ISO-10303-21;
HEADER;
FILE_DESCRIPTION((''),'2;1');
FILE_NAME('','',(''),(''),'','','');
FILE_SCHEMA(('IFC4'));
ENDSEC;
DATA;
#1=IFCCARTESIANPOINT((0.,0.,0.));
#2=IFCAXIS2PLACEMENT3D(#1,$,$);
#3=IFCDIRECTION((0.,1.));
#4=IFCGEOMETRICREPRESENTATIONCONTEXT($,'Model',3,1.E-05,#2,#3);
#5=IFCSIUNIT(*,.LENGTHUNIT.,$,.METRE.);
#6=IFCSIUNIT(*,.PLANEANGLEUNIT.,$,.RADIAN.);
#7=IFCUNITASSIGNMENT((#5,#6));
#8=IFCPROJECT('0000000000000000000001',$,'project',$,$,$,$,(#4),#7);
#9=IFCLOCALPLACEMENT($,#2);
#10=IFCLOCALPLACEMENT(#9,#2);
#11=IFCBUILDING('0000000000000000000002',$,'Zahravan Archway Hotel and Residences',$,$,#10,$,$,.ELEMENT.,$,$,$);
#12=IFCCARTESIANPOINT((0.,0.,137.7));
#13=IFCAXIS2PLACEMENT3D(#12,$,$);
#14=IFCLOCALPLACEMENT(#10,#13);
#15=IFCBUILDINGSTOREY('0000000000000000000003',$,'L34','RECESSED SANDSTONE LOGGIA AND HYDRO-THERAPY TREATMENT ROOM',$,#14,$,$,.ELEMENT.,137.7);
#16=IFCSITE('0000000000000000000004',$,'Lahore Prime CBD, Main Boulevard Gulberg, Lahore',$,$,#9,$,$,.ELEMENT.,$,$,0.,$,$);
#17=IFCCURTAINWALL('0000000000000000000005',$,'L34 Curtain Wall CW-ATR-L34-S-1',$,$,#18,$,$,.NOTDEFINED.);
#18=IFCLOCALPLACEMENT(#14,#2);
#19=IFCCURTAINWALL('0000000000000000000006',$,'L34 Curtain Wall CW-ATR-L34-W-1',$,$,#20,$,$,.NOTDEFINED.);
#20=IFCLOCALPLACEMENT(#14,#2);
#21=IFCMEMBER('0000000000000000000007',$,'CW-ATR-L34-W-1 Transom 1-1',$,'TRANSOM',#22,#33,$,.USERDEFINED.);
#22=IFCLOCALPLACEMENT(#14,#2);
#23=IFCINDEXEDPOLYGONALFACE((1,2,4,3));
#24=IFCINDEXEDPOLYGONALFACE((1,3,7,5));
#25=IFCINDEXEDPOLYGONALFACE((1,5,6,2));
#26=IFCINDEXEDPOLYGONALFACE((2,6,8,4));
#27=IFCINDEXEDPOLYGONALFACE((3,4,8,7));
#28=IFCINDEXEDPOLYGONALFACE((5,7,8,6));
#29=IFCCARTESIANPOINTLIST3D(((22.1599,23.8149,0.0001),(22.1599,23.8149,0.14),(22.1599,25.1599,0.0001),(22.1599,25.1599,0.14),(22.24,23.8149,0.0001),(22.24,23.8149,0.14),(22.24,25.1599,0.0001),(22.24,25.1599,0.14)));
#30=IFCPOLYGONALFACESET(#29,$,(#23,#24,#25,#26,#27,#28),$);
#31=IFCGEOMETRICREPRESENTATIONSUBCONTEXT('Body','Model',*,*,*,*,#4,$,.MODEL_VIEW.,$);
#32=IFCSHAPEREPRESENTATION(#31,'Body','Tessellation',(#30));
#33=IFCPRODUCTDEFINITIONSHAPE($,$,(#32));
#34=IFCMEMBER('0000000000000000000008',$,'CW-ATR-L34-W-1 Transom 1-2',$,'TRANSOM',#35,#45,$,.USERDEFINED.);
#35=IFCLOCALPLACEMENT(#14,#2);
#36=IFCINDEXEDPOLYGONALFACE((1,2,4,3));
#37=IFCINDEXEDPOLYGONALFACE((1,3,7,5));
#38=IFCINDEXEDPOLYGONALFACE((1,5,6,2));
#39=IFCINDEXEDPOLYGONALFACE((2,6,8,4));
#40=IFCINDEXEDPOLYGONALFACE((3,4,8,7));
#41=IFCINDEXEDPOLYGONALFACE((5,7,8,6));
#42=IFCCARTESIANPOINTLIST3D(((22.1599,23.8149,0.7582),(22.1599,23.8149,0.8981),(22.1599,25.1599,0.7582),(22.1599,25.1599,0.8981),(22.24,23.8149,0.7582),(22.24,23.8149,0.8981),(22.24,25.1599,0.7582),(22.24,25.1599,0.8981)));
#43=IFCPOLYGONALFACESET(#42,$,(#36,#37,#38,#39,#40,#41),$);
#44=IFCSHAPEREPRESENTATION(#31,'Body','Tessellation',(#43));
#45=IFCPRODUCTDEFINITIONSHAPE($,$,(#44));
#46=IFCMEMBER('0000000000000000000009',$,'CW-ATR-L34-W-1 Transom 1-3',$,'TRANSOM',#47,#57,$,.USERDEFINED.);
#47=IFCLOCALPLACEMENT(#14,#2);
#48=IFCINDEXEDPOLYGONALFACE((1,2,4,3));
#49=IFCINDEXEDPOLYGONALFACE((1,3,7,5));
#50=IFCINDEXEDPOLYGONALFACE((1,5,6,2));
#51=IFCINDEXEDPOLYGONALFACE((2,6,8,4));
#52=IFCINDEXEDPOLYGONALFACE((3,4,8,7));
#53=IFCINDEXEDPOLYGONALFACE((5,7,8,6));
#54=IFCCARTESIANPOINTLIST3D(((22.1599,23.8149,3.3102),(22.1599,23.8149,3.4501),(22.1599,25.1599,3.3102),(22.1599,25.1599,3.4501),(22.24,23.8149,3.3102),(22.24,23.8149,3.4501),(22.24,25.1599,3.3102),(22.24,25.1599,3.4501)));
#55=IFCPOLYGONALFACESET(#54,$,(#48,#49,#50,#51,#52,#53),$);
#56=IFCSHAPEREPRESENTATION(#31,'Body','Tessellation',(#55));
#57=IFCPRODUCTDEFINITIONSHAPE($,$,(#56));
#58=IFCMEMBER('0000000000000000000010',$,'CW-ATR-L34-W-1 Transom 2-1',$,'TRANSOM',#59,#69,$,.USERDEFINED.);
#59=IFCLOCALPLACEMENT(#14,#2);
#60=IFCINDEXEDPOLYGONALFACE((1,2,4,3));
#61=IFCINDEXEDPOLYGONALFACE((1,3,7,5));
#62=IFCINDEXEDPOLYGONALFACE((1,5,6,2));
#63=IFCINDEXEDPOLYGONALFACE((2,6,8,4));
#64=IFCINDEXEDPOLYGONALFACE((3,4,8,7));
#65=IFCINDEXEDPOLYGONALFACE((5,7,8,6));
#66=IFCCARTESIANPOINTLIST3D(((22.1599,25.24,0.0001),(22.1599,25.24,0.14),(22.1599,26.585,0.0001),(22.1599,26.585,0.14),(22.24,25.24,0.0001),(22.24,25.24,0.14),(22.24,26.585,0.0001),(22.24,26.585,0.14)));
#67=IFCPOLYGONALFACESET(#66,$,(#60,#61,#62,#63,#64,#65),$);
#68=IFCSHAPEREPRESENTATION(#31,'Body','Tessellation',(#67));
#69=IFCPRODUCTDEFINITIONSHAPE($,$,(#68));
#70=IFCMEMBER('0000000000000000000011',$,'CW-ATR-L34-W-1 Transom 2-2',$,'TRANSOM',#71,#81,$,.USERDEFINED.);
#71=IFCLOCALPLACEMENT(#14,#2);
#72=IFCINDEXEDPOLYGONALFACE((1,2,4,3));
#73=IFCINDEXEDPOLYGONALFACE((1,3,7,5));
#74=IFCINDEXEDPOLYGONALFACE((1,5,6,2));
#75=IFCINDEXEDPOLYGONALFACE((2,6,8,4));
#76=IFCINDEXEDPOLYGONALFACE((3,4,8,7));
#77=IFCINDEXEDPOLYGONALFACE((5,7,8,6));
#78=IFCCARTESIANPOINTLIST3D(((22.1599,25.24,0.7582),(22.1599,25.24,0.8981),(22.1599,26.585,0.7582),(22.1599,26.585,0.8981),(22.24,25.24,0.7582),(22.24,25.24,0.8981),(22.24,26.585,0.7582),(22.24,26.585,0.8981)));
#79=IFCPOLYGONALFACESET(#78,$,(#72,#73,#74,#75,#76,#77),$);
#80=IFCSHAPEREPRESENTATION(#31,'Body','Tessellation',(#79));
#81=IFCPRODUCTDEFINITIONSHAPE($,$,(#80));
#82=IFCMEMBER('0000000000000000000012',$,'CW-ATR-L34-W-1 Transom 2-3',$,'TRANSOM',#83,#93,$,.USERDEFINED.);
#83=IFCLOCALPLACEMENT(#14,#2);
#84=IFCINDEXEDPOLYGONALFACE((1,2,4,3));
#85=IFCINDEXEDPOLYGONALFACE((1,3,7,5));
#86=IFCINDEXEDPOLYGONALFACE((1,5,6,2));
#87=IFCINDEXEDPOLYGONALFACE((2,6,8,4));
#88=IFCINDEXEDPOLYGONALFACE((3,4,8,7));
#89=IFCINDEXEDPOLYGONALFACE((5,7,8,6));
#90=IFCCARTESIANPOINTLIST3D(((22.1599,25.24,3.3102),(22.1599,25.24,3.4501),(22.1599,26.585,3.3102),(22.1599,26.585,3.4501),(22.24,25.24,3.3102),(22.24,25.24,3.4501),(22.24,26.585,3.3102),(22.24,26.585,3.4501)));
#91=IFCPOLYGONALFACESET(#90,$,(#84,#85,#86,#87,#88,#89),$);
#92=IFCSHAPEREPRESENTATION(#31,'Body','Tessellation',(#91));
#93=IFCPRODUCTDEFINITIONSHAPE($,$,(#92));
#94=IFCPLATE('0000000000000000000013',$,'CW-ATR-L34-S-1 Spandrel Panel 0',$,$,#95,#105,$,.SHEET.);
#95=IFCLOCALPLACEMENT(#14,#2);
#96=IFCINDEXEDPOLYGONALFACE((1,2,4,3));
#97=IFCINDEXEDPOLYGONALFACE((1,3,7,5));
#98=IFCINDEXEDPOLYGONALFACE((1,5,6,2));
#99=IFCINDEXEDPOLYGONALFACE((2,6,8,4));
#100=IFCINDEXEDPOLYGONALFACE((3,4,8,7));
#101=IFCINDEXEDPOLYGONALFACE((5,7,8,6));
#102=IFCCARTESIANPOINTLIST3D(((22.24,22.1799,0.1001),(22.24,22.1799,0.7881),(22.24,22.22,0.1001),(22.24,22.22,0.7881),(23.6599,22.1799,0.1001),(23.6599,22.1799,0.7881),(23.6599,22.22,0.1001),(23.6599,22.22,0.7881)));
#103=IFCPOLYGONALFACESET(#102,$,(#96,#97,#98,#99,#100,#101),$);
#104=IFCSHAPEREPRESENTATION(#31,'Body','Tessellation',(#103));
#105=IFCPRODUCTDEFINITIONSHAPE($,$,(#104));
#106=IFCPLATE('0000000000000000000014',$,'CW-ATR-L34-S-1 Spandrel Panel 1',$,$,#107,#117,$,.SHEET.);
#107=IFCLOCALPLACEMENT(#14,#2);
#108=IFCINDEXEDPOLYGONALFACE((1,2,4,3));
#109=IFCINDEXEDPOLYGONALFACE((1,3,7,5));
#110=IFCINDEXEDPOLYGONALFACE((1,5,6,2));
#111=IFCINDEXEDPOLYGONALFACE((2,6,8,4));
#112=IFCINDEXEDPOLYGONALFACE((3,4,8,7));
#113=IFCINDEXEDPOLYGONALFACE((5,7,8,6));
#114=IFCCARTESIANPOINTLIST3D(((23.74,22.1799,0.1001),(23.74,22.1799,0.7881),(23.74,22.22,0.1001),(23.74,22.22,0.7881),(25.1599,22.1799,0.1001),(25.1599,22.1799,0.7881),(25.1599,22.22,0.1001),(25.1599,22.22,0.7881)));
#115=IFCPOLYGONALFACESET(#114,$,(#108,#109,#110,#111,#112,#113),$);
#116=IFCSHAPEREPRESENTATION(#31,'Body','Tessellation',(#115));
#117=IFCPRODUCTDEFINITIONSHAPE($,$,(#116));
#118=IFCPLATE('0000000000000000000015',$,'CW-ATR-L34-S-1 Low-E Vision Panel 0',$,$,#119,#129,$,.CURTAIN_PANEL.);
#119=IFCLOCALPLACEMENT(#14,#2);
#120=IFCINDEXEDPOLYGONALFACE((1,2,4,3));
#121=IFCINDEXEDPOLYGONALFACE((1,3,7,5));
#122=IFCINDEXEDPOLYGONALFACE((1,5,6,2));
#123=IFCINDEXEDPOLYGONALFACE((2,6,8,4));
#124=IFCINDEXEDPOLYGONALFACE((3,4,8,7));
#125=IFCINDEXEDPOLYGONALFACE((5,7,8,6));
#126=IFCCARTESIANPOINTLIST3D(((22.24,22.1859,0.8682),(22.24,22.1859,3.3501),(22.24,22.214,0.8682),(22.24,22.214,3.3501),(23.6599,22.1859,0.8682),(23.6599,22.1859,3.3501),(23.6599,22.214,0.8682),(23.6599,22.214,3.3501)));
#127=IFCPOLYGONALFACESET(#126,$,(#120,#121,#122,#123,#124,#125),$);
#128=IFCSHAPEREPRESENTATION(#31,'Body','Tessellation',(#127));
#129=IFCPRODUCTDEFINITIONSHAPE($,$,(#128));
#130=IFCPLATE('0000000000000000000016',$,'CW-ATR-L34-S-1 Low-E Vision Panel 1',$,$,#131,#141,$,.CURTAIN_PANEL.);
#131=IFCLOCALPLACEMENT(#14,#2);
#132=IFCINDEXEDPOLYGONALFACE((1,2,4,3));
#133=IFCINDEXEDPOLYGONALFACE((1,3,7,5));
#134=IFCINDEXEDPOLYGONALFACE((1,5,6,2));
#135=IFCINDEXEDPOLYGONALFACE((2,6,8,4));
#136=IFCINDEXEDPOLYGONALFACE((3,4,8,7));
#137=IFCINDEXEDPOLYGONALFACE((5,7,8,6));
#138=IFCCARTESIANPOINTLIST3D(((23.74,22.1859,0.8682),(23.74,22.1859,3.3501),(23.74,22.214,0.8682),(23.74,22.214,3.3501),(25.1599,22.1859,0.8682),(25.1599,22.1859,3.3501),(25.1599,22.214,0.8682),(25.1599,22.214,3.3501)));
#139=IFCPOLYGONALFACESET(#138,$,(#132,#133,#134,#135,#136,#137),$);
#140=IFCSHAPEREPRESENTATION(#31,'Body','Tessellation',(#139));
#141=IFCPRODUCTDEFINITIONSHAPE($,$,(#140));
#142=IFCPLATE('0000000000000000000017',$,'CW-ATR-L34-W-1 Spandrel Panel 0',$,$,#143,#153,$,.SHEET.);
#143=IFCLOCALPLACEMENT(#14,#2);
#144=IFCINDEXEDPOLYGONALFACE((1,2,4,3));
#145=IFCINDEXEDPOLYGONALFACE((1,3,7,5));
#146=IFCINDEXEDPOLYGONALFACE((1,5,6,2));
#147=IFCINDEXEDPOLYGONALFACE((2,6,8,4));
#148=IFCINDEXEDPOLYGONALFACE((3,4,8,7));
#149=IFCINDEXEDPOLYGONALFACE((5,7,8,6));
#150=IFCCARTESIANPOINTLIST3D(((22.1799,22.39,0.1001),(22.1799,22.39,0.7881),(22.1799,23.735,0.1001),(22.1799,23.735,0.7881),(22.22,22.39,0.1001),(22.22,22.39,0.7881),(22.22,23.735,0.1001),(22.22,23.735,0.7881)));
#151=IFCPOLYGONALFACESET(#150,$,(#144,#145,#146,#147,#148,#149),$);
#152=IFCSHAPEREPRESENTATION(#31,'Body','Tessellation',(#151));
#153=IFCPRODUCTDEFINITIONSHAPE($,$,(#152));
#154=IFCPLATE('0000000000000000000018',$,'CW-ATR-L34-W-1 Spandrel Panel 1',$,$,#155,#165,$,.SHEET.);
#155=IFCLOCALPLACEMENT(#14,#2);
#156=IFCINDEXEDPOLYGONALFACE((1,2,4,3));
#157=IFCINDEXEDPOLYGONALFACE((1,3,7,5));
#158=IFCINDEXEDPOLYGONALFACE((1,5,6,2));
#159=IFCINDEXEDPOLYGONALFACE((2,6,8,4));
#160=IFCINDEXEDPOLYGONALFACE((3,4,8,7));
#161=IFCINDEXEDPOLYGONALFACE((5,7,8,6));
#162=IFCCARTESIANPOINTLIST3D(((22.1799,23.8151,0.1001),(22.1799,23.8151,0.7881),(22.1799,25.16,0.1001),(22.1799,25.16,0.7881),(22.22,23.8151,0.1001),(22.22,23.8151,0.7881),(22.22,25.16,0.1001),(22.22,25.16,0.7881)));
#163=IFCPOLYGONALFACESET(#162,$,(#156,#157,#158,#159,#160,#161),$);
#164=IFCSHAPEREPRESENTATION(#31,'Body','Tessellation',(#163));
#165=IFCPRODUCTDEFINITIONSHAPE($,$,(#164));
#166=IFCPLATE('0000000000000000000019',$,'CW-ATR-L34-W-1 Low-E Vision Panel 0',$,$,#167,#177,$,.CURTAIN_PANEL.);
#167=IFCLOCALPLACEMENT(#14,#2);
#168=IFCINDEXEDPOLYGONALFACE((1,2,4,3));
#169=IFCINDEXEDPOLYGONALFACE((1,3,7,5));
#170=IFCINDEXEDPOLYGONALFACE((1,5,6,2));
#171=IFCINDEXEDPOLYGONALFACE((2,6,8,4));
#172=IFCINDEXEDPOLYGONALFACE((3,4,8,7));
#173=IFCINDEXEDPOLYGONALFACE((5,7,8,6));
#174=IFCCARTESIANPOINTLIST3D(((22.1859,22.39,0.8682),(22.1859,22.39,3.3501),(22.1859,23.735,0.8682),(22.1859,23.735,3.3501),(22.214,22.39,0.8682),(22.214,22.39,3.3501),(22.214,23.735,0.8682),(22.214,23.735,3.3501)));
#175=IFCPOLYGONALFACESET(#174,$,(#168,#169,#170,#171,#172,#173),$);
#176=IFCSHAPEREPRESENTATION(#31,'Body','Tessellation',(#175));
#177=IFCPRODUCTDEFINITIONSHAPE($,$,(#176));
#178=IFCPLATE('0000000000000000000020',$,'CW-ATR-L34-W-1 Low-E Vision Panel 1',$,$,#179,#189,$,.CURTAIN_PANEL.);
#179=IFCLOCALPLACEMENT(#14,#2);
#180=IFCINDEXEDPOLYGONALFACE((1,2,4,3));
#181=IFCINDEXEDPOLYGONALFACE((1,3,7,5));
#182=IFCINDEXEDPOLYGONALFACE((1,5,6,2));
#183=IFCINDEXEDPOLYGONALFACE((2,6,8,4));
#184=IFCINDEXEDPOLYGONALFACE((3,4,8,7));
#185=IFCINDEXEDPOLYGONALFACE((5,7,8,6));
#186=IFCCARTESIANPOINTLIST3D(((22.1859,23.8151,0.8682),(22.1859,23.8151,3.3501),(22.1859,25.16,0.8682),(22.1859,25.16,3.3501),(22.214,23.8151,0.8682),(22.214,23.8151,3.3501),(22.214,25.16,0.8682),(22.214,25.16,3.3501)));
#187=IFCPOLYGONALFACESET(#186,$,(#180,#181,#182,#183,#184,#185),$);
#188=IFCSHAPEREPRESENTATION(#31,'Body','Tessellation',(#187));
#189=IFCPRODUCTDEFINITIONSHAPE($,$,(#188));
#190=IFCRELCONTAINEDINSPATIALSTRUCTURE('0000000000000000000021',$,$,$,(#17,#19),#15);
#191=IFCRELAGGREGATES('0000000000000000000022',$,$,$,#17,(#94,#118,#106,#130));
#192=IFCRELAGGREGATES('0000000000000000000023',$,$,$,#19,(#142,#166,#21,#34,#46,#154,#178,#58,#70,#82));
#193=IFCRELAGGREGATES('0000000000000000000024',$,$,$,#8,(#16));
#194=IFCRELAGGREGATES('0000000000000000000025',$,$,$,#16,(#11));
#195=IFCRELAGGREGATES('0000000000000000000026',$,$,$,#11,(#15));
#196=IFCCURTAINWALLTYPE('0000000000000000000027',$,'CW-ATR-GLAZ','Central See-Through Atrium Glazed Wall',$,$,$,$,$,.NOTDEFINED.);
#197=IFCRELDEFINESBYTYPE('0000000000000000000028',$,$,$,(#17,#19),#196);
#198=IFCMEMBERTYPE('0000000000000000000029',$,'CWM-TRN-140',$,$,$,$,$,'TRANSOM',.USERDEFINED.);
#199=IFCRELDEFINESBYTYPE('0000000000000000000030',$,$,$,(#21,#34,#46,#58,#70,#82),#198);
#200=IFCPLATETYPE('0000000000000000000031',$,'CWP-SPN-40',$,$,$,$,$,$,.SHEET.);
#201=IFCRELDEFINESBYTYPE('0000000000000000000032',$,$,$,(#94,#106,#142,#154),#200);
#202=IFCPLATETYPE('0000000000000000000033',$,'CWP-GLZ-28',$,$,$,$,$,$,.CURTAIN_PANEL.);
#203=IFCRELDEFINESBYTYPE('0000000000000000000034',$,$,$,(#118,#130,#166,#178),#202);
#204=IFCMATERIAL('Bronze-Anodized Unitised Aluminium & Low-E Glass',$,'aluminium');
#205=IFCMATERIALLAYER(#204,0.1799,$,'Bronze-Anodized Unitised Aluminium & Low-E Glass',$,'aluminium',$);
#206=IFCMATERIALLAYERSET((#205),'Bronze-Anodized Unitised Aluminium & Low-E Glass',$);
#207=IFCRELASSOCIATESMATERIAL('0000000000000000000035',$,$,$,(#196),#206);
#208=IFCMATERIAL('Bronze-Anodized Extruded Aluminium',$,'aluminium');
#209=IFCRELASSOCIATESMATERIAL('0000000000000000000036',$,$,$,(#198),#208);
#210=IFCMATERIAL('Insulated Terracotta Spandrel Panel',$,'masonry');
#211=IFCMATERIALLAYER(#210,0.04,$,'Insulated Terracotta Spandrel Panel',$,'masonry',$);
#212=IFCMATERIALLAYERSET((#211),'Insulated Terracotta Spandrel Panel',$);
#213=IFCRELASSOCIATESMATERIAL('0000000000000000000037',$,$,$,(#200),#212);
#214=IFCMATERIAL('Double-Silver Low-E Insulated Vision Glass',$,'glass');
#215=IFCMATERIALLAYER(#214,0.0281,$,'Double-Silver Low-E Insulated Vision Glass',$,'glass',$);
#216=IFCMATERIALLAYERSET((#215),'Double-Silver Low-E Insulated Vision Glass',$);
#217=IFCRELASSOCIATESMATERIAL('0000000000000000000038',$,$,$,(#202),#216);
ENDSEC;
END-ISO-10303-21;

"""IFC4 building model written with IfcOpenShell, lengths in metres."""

from ifc_helpers import new_model, si_unit, direction, frame, origin, origin_2d, place, context, subcontext, project, spatial, rectangle, extrude, source, transform, mapped, material, layer, layer_set, material_profile, profile_set, type_object, element, aggregate, save


model = new_model("IFC4")

# Units and contexts
model_context = context("Model", 3, precision=1e-05, world=origin(), true_north=direction((0.0, 1.0)))
body_context = subcontext(model_context, "Body", "Model", "MODEL_VIEW")
ifc_project = project(units=[si_unit("LENGTHUNIT", "METRE"), si_unit("PLANEANGLEUNIT", "RADIAN")], contexts=[model_context])

# Site, building, storey
site_placement = place(None, origin())
site = spatial("IfcSite", under=ifc_project, at=site_placement, Name="Lahore Prime CBD, Main Boulevard Gulberg, Lahore", CompositionType="ELEMENT", RefElevation=0.0)
building_placement = place(site_placement, origin())
building = spatial("IfcBuilding", under=site, at=building_placement, Name="Zahravan Archway Hotel and Residences", CompositionType="ELEMENT")
storey_placement = place(building_placement, frame((0.0, 0.0, 137.7)))
storey = spatial("IfcBuildingStorey", under=building, at=storey_placement, Name="L34", Description="RECESSED SANDSTONE LOGGIA AND HYDRO-THERAPY TREATMENT ROOM", CompositionType="ELEMENT", Elevation=137.7)

# Curtain walls
ifc_material_1 = material(Name="Bronze-Anodized Unitised Aluminium & Low-E Glass", Category="aluminium")
ifc_layer_1 = layer(ifc_material_1, 0.1799, Name="Bronze-Anodized Unitised Aluminium & Low-E Glass", Category="aluminium")
ifc_layer_set_1 = layer_set([ifc_layer_1], Name="Bronze-Anodized Unitised Aluminium & Low-E Glass")
curtain_wall_type = type_object("IfcCurtainWallType", Name="CW-ATR-GLAZ", Description="Central See-Through Atrium Glazed Wall", PredefinedType="NOTDEFINED", material=ifc_layer_set_1)
curtain_wall_1_placement = place(storey_placement, origin())
curtain_wall_1 = element("IfcCurtainWall", 1, at=curtain_wall_1_placement, inside=storey, type_object=curtain_wall_type, Name="L34 Curtain Wall CW-ATR-L34-S-1", PredefinedType="NOTDEFINED")
ifc_material_2 = material(Name="Bronze-Anodized Extruded Aluminium", Category="aluminium")
curtain_wall_2_placement = place(storey_placement, origin())
curtain_wall_2 = element("IfcCurtainWall", 2, at=curtain_wall_2_placement, inside=storey, type_object=curtain_wall_type, Name="L34 Curtain Wall CW-ATR-L34-W-1", PredefinedType="NOTDEFINED")

# Members
ifc_material_profile_1 = material_profile(ifc_material_2, rectangle(XDim=0.0801, YDim=0.1399, at=origin_2d()), Name="TRN 80x140", Category="aluminium")
ifc_profile_set_1 = profile_set([ifc_material_profile_1], Name="Bronze-Anodized Extruded Aluminium")
member_type_1 = type_object("IfcMemberType", Name="CWM-TRN-140", ElementType="TRANSOM", PredefinedType="USERDEFINED", material=ifc_profile_set_1)
shared_shape_1 = source(origin(), body_context, "Body", "SweptSolid", [
    extrude(rectangle(XDim=0.0801, YDim=0.1399, at=origin_2d()), origin(), (0.0, 0.0, 1.0), 1.345),
])
member_1_placement = place(storey_placement, frame((22.2, 23.8149, 0.0701), z_axis=(0.0, 1.0, 0.0), x_axis=(-1.0, 0.0, 0.0)))
member_1 = element("IfcMember", 3, at=member_1_placement, type_object=member_type_1, Name="CW-ATR-L34-W-1 Transom 1-1", ObjectType="TRANSOM", PredefinedType="USERDEFINED", context=body_context, shape_type="MappedRepresentation", body=[
    mapped(shared_shape_1, transform((0.0, 0.0, 0.0), scale=1.0)),
])
member_2_placement = place(storey_placement, frame((22.2, 23.8149, 0.8281), z_axis=(0.0, 1.0, 0.0), x_axis=(-1.0, 0.0, 0.0)))
member_2 = element("IfcMember", 4, at=member_2_placement, type_object=member_type_1, Name="CW-ATR-L34-W-1 Transom 1-2", ObjectType="TRANSOM", PredefinedType="USERDEFINED", context=body_context, shape_type="MappedRepresentation", body=[
    mapped(shared_shape_1, transform((0.0, 0.0, 0.0), scale=1.0)),
])
member_3_placement = place(storey_placement, frame((22.2, 23.8149, 3.3801), z_axis=(0.0, 1.0, 0.0), x_axis=(-1.0, 0.0, 0.0)))
member_3 = element("IfcMember", 5, at=member_3_placement, type_object=member_type_1, Name="CW-ATR-L34-W-1 Transom 1-3", ObjectType="TRANSOM", PredefinedType="USERDEFINED", context=body_context, shape_type="MappedRepresentation", body=[
    mapped(shared_shape_1, transform((0.0, 0.0, 0.0), scale=1.0)),
])
member_4_placement = place(storey_placement, frame((22.2, 25.24, 0.0701), z_axis=(0.0, 1.0, 0.0), x_axis=(-1.0, 0.0, 0.0)))
member_4 = element("IfcMember", 6, at=member_4_placement, type_object=member_type_1, Name="CW-ATR-L34-W-1 Transom 2-1", ObjectType="TRANSOM", PredefinedType="USERDEFINED", context=body_context, shape_type="MappedRepresentation", body=[
    mapped(shared_shape_1, transform((0.0, 0.0, 0.0), scale=1.0)),
])
member_5_placement = place(storey_placement, frame((22.2, 25.24, 0.8281), z_axis=(0.0, 1.0, 0.0), x_axis=(-1.0, 0.0, 0.0)))
member_5 = element("IfcMember", 7, at=member_5_placement, type_object=member_type_1, Name="CW-ATR-L34-W-1 Transom 2-2", ObjectType="TRANSOM", PredefinedType="USERDEFINED", context=body_context, shape_type="MappedRepresentation", body=[
    mapped(shared_shape_1, transform((0.0, 0.0, 0.0), scale=1.0)),
])
member_6_placement = place(storey_placement, frame((22.2, 25.24, 3.3801), z_axis=(0.0, 1.0, 0.0), x_axis=(-1.0, 0.0, 0.0)))
member_6 = element("IfcMember", 8, at=member_6_placement, type_object=member_type_1, Name="CW-ATR-L34-W-1 Transom 2-3", ObjectType="TRANSOM", PredefinedType="USERDEFINED", context=body_context, shape_type="MappedRepresentation", body=[
    mapped(shared_shape_1, transform((0.0, 0.0, 0.0), scale=1.0)),
])

# Plates
ifc_material_3 = material(Name="Insulated Terracotta Spandrel Panel", Category="masonry")
ifc_layer_2 = layer(ifc_material_3, 0.04, Name="Insulated Terracotta Spandrel Panel", Category="masonry")
ifc_layer_set_2 = layer_set([ifc_layer_2], Name="Insulated Terracotta Spandrel Panel")
plate_type_1 = type_object("IfcPlateType", Name="CWP-SPN-40", PredefinedType="SHEET", material=ifc_layer_set_2)
shared_shape_2 = source(origin(), body_context, "Body", "SweptSolid", [
    extrude(rectangle(XDim=1.4199, YDim=0.04, at=origin_2d()), origin(), (0.0, 0.0, 1.0), 0.688),
])
plate_1_placement = place(storey_placement, frame((22.95, 22.2, 0.1001), z_axis=(0.0, 0.0, 1.0), x_axis=(1.0, 0.0, 0.0)))
plate_1 = element("IfcPlate", 9, at=plate_1_placement, type_object=plate_type_1, Name="CW-ATR-L34-S-1 Spandrel Panel 0", PredefinedType="SHEET", context=body_context, shape_type="MappedRepresentation", body=[
    mapped(shared_shape_2, transform((0.0, 0.0, 0.0), scale=1.0)),
])
plate_2_placement = place(storey_placement, frame((24.45, 22.2, 0.1001), z_axis=(0.0, 0.0, 1.0), x_axis=(1.0, 0.0, 0.0)))
plate_2 = element("IfcPlate", 10, at=plate_2_placement, type_object=plate_type_1, Name="CW-ATR-L34-S-1 Spandrel Panel 1", PredefinedType="SHEET", context=body_context, shape_type="MappedRepresentation", body=[
    mapped(shared_shape_2, transform((0.0, 0.0, 0.0), scale=1.0)),
])
ifc_material_4 = material(Name="Double-Silver Low-E Insulated Vision Glass", Category="glass")
ifc_layer_3 = layer(ifc_material_4, 0.0281, Name="Double-Silver Low-E Insulated Vision Glass", Category="glass")
ifc_layer_set_3 = layer_set([ifc_layer_3], Name="Double-Silver Low-E Insulated Vision Glass")
plate_type_2 = type_object("IfcPlateType", Name="CWP-GLZ-28", PredefinedType="CURTAIN_PANEL", material=ifc_layer_set_3)
shared_shape_3 = source(origin(), body_context, "Body", "SweptSolid", [
    extrude(rectangle(XDim=1.4199, YDim=0.0281, at=origin_2d()), origin(), (0.0, 0.0, 1.0), 2.4819),
])
plate_3_placement = place(storey_placement, frame((22.95, 22.2, 0.8682), z_axis=(0.0, 0.0, 1.0), x_axis=(1.0, 0.0, 0.0)))
plate_3 = element("IfcPlate", 11, at=plate_3_placement, type_object=plate_type_2, Name="CW-ATR-L34-S-1 Low-E Vision Panel 0", PredefinedType="CURTAIN_PANEL", context=body_context, shape_type="MappedRepresentation", body=[
    mapped(shared_shape_3, transform((0.0, 0.0, 0.0), scale=1.0)),
])
plate_4_placement = place(storey_placement, frame((24.45, 22.2, 0.8682), z_axis=(0.0, 0.0, 1.0), x_axis=(1.0, 0.0, 0.0)))
plate_4 = element("IfcPlate", 12, at=plate_4_placement, type_object=plate_type_2, Name="CW-ATR-L34-S-1 Low-E Vision Panel 1", PredefinedType="CURTAIN_PANEL", context=body_context, shape_type="MappedRepresentation", body=[
    mapped(shared_shape_3, transform((0.0, 0.0, 0.0), scale=1.0)),
])
aggregate(curtain_wall_1, [plate_1, plate_3, plate_2, plate_4])
shared_shape_4 = source(origin(), body_context, "Body", "SweptSolid", [
    extrude(rectangle(XDim=1.345, YDim=0.04, at=origin_2d()), origin(), (0.0, 0.0, 1.0), 0.688),
])
plate_5_placement = place(storey_placement, frame((22.2, 23.0625, 0.1001), z_axis=(0.0, 0.0, 1.0), x_axis=(0.0, 1.0, 0.0)))
plate_5 = element("IfcPlate", 13, at=plate_5_placement, type_object=plate_type_1, Name="CW-ATR-L34-W-1 Spandrel Panel 0", PredefinedType="SHEET", context=body_context, shape_type="MappedRepresentation", body=[
    mapped(shared_shape_4, transform((0.0, 0.0, 0.0), scale=1.0)),
])
plate_6_placement = place(storey_placement, frame((22.2, 24.4875, 0.1001), z_axis=(0.0, 0.0, 1.0), x_axis=(0.0, 1.0, 0.0)))
plate_6 = element("IfcPlate", 14, at=plate_6_placement, type_object=plate_type_1, Name="CW-ATR-L34-W-1 Spandrel Panel 1", PredefinedType="SHEET", context=body_context, shape_type="MappedRepresentation", body=[
    mapped(shared_shape_4, transform((0.0, 0.0, 0.0), scale=1.0)),
])
shared_shape_5 = source(origin(), body_context, "Body", "SweptSolid", [
    extrude(rectangle(XDim=1.345, YDim=0.0281, at=origin_2d()), origin(), (0.0, 0.0, 1.0), 2.4819),
])
plate_7_placement = place(storey_placement, frame((22.2, 23.0625, 0.8682), z_axis=(0.0, 0.0, 1.0), x_axis=(0.0, 1.0, 0.0)))
plate_7 = element("IfcPlate", 15, at=plate_7_placement, type_object=plate_type_2, Name="CW-ATR-L34-W-1 Low-E Vision Panel 0", PredefinedType="CURTAIN_PANEL", context=body_context, shape_type="MappedRepresentation", body=[
    mapped(shared_shape_5, transform((0.0, 0.0, 0.0), scale=1.0)),
])
plate_8_placement = place(storey_placement, frame((22.2, 24.4875, 0.8682), z_axis=(0.0, 0.0, 1.0), x_axis=(0.0, 1.0, 0.0)))
plate_8 = element("IfcPlate", 16, at=plate_8_placement, type_object=plate_type_2, Name="CW-ATR-L34-W-1 Low-E Vision Panel 1", PredefinedType="CURTAIN_PANEL", context=body_context, shape_type="MappedRepresentation", body=[
    mapped(shared_shape_5, transform((0.0, 0.0, 0.0), scale=1.0)),
])
aggregate(curtain_wall_2, [plate_5, plate_7, member_1, member_2, member_3, plate_6, plate_8, member_4, member_5, member_6])

save(model, "model.ifc")
